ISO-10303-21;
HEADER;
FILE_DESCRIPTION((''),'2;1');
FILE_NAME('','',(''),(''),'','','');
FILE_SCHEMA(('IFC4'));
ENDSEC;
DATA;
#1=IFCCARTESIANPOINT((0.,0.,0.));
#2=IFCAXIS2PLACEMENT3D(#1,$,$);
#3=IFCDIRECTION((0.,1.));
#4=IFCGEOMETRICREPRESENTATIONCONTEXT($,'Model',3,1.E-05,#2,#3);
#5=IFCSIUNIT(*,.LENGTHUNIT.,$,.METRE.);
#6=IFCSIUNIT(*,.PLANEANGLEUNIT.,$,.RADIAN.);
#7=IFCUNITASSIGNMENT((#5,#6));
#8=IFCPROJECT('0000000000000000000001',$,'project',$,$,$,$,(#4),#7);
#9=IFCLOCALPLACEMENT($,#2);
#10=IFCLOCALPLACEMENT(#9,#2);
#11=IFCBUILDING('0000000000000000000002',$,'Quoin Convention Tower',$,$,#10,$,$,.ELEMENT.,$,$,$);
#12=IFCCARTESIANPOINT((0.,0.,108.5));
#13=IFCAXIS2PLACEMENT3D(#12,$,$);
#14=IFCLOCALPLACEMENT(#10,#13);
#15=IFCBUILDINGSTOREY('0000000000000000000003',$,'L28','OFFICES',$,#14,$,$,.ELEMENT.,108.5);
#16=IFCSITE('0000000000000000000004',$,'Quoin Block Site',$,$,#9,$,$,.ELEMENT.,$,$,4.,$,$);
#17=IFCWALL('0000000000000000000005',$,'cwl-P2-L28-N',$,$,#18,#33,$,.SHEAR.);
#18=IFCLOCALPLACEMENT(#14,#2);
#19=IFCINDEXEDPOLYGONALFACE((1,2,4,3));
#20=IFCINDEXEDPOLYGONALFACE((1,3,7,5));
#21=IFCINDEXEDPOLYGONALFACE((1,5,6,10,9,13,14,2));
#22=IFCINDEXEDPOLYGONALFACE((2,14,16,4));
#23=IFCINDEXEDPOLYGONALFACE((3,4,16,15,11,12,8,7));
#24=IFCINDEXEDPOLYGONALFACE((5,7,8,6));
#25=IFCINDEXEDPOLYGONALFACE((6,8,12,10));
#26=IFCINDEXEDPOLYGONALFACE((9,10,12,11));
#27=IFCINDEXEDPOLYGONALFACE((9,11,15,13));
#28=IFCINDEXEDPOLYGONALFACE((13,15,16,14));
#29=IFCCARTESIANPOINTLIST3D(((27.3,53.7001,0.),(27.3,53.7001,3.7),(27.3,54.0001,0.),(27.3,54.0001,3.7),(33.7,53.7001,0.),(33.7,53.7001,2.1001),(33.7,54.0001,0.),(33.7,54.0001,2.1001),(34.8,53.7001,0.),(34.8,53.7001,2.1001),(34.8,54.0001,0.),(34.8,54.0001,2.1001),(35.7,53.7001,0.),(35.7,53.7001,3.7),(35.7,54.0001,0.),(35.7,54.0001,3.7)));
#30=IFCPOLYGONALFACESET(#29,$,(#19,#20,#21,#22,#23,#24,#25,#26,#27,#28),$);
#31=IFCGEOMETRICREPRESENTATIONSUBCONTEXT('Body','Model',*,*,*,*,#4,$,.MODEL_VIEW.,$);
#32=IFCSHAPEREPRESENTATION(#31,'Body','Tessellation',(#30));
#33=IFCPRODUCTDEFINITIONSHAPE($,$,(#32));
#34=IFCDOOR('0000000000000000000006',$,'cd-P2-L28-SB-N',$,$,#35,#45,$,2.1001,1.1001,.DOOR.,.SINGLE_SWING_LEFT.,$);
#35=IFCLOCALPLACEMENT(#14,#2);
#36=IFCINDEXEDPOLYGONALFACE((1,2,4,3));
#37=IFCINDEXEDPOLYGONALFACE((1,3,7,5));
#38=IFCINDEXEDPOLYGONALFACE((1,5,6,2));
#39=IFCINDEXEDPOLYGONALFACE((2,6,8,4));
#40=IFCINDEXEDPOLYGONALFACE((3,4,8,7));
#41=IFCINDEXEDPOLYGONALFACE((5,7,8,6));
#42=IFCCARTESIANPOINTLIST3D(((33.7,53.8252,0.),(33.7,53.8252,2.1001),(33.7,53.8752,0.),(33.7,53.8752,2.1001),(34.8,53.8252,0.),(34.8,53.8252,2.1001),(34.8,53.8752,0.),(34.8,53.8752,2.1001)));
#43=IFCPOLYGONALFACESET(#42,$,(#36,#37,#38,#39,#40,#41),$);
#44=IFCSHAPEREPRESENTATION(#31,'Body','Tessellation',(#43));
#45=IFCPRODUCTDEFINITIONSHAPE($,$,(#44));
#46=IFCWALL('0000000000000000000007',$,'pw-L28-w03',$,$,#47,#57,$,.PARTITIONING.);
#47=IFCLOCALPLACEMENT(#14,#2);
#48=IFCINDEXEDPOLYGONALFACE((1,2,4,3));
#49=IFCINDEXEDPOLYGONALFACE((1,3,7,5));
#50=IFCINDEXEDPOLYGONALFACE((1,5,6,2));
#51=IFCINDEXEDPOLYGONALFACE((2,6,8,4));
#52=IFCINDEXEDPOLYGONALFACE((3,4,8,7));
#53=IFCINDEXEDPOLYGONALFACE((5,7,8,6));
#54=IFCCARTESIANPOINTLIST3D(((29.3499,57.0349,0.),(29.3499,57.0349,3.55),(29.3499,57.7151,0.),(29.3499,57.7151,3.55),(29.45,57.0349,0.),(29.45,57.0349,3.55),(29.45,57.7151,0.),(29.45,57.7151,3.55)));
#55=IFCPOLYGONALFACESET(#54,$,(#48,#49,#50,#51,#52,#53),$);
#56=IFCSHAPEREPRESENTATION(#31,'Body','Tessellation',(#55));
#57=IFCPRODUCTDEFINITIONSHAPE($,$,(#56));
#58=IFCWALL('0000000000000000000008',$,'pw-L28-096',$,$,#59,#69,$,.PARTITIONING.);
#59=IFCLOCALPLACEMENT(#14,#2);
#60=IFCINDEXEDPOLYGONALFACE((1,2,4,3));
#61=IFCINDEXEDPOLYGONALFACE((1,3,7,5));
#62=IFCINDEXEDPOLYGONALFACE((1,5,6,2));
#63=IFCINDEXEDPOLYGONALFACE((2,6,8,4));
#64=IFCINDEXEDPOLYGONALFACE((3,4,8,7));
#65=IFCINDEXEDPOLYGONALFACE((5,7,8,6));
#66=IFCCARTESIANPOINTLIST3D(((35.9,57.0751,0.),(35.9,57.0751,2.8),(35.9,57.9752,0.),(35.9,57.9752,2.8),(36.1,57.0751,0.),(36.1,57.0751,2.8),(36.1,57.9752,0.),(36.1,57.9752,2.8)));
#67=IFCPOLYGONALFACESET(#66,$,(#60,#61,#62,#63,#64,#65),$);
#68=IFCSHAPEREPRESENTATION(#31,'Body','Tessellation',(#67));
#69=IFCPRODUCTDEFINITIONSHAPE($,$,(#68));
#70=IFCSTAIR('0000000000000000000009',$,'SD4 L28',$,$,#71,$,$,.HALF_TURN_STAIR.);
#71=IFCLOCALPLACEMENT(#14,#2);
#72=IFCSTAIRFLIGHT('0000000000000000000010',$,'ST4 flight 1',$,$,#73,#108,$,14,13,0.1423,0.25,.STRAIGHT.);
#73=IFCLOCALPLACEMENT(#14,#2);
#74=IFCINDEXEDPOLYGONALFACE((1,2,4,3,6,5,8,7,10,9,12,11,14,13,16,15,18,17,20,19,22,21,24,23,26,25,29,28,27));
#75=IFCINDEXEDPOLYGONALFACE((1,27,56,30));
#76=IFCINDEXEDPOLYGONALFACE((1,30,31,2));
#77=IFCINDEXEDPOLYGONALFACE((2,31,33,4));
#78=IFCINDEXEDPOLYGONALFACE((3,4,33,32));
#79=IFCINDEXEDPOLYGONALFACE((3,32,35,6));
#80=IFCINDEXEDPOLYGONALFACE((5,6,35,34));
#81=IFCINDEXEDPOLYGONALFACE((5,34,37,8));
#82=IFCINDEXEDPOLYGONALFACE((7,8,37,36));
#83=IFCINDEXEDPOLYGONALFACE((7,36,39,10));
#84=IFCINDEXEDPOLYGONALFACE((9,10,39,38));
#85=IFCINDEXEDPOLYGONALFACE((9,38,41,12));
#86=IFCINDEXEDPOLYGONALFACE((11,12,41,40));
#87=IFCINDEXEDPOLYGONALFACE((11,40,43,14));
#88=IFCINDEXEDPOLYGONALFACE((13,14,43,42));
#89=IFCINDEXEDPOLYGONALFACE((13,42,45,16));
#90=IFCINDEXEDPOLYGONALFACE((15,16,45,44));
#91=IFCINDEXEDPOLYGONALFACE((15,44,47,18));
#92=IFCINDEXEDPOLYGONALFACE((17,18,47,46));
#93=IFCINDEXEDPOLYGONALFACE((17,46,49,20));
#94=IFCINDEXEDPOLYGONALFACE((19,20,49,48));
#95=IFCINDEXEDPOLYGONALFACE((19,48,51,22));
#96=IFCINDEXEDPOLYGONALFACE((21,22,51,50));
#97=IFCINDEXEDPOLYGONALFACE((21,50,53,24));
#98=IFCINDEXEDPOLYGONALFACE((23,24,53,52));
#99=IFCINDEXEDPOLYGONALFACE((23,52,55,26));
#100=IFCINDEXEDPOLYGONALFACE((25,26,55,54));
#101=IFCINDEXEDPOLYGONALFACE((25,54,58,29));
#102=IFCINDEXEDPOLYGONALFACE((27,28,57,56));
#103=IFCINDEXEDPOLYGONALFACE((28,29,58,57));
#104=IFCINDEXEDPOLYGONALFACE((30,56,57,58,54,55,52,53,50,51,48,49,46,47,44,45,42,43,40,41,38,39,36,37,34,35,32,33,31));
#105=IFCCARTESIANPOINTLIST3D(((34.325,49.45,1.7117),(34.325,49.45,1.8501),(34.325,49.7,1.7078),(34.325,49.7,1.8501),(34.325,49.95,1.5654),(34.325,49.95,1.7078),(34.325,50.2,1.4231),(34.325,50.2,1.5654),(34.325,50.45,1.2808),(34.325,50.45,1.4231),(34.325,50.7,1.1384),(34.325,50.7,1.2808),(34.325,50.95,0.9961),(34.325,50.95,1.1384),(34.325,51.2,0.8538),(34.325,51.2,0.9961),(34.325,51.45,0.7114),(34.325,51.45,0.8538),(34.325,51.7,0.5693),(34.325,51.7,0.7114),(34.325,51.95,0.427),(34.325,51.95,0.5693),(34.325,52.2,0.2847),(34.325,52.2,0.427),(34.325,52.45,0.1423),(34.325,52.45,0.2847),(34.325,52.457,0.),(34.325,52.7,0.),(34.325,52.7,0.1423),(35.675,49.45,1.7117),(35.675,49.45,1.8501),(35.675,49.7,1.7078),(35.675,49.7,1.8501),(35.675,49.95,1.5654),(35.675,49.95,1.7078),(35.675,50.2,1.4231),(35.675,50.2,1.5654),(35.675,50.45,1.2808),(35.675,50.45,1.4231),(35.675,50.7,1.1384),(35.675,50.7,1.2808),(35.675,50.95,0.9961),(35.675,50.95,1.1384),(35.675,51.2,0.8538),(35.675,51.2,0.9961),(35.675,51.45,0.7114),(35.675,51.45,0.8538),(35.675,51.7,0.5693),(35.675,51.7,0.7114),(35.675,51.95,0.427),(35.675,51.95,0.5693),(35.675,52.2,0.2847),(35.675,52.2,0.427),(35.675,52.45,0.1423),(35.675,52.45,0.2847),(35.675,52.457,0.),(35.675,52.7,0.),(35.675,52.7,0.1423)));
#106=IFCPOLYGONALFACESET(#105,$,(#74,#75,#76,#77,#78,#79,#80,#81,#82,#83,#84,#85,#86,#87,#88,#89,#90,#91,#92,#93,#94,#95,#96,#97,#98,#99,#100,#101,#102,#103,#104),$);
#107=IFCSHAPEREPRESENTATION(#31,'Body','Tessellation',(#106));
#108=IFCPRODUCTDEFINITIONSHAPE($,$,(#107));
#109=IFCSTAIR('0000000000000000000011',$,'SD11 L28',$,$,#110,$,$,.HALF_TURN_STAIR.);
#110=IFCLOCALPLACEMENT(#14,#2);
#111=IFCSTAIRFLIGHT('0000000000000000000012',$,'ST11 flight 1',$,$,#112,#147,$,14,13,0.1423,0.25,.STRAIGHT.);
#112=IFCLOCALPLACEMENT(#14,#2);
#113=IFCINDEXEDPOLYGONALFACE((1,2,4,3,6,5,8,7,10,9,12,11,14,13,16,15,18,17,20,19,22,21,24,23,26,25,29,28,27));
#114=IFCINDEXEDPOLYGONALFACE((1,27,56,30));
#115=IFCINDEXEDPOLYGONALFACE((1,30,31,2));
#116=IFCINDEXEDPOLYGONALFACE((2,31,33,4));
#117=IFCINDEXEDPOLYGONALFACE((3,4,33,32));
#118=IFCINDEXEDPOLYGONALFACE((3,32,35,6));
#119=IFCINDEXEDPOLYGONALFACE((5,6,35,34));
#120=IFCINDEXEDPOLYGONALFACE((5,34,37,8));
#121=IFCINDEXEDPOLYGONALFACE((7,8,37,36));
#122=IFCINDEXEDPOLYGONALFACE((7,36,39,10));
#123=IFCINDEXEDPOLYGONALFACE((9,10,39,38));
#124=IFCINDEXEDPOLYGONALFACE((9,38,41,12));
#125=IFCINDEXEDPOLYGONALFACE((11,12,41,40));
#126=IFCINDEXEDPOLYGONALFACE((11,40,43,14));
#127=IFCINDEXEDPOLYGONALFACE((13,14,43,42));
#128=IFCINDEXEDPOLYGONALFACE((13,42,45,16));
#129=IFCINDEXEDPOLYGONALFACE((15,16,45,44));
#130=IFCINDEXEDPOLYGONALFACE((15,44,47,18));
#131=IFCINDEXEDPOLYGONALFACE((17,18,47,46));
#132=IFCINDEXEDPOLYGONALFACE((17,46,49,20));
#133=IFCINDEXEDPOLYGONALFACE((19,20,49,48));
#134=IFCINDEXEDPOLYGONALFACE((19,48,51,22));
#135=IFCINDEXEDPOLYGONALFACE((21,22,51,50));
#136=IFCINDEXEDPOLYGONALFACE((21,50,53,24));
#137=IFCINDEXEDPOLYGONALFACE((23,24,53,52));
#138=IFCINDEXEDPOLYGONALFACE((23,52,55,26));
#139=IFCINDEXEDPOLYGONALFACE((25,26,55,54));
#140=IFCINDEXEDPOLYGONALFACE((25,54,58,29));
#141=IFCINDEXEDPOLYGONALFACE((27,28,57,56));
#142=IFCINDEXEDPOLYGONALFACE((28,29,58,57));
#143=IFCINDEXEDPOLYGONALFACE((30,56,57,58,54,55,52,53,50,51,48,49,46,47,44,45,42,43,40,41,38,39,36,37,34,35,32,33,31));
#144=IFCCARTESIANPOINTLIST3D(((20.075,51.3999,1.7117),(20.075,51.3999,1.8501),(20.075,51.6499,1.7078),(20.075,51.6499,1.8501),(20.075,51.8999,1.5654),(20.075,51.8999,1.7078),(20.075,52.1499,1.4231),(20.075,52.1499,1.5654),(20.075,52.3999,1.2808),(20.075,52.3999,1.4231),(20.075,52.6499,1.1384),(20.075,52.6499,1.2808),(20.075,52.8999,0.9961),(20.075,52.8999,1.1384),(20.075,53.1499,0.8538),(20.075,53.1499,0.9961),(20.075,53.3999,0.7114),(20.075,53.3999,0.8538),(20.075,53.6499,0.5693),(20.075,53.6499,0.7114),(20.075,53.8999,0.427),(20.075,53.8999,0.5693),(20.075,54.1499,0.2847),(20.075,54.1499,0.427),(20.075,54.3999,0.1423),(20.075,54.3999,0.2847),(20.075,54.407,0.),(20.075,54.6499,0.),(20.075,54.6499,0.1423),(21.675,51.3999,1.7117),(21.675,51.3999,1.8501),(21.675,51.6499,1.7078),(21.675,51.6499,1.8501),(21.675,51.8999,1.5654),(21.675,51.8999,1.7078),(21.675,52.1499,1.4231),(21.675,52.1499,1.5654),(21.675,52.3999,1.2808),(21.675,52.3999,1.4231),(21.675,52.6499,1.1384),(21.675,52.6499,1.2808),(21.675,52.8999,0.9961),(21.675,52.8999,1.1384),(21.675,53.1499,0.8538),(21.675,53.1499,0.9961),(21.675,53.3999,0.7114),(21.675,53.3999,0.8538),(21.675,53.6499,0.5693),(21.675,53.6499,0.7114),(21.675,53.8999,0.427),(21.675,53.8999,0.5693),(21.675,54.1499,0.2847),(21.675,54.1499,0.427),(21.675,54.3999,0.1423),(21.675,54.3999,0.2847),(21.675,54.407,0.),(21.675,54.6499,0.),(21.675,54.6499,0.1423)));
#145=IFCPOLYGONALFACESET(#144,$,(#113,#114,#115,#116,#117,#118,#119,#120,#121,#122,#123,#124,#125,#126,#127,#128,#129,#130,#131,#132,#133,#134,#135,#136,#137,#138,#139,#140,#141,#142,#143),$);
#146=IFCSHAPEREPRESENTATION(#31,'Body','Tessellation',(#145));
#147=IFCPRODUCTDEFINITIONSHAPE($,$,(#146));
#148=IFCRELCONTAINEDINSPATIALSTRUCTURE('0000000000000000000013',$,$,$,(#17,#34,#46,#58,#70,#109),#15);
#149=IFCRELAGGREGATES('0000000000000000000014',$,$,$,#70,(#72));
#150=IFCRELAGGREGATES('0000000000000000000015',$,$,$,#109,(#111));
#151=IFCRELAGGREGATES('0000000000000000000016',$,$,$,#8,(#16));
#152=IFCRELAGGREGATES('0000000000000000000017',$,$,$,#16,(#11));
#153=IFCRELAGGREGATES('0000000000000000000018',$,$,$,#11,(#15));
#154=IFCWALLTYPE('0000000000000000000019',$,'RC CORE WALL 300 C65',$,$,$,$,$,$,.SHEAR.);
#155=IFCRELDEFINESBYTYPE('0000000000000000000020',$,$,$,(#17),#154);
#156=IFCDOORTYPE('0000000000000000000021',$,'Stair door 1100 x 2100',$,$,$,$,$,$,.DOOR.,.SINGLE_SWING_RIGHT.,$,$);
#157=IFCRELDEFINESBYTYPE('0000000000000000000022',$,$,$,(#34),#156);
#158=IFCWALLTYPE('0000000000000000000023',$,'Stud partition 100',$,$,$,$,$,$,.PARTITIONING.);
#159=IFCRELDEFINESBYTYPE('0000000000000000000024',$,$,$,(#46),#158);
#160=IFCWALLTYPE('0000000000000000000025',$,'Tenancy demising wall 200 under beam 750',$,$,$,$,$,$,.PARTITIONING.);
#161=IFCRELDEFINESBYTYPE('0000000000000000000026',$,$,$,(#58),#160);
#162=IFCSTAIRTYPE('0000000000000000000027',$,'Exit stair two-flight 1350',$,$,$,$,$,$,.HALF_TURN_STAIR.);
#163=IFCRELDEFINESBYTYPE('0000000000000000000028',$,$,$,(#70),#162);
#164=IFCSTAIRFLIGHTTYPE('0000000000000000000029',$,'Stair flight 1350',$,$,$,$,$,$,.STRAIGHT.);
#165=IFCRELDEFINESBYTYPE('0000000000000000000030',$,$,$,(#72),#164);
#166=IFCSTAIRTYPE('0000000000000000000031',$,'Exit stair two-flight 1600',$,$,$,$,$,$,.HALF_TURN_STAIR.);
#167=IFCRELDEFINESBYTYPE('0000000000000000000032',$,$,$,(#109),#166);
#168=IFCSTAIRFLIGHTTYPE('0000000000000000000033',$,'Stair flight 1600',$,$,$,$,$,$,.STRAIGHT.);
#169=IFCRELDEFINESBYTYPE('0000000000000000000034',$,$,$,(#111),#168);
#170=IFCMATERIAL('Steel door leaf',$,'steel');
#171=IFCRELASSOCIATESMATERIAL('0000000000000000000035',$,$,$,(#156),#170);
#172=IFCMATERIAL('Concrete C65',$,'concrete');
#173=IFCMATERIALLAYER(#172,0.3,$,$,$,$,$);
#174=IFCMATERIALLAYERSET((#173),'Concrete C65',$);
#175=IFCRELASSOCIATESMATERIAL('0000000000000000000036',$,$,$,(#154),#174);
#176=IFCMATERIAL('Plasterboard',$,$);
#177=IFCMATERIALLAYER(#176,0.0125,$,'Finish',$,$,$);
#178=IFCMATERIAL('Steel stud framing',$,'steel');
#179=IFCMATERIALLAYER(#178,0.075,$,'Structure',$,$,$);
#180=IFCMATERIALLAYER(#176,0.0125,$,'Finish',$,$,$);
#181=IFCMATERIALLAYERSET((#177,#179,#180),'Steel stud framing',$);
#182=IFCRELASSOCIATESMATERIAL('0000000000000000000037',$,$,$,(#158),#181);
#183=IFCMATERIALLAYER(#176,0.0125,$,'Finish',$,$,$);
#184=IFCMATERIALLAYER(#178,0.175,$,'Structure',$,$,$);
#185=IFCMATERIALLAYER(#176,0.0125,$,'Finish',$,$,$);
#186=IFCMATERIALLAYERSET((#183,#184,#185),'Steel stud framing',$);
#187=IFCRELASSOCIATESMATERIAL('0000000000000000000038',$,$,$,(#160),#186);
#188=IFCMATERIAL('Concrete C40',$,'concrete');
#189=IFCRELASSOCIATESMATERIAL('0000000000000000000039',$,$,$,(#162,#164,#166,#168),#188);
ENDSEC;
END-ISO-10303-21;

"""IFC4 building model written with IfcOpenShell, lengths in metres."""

from ifc_helpers import new_model, si_unit, direction, frame, frame_2d, origin, place, context, subcontext, project, spatial, polyline, rectangle, outline, extrude, material, layer, layer_set, type_object, element, fill, aggregate, save


model = new_model("IFC4")

# Units and contexts
model_context = context("Model", 3, precision=1e-05, world=origin(), true_north=direction((0.0, 1.0)))
body_context = subcontext(model_context, "Body", "Model", "MODEL_VIEW")
ifc_project = project(units=[si_unit("LENGTHUNIT", "METRE"), si_unit("PLANEANGLEUNIT", "RADIAN")], contexts=[model_context])

# Site, building, storey
site_placement = place(None, origin())
site = spatial("IfcSite", under=ifc_project, at=site_placement, Name="Quoin Block Site", CompositionType="ELEMENT", RefElevation=4.0)
building_placement = place(site_placement, origin())
building = spatial("IfcBuilding", under=site, at=building_placement, Name="Quoin Convention Tower", CompositionType="ELEMENT")
storey_placement = place(building_placement, frame((0.0, 0.0, 108.5)))
storey = spatial("IfcBuildingStorey", under=building, at=storey_placement, Name="L28", Description="OFFICES", CompositionType="ELEMENT", Elevation=108.5)

# Shared definitions
ifc_material_1 = material(Name="Concrete C65", Category="concrete")

# Wall, opening, door
ifc_material_2 = material(Name="Steel door leaf", Category="steel")
door_type_1 = type_object("IfcDoorType", Name="Stair door 1100 x 2100", OperationType="SINGLE_SWING_RIGHT", PredefinedType="DOOR", material=ifc_material_2)
ifc_material_3 = material(Name="Plasterboard")
ifc_material_4 = material(Name="Steel stud framing", Category="steel")
ifc_layer_1 = layer(ifc_material_1, 0.3)
ifc_layer_set_1 = layer_set([ifc_layer_1], Name="Concrete C65")
wall_type_1 = type_object("IfcWallType", Name="RC CORE WALL 300 C65", PredefinedType="SHEAR", material=ifc_layer_set_1)
wall_1_placement = place(storey_placement, frame((27.3, 53.8501, 0.0), z_axis=(0.0, 0.0, 1.0), x_axis=(1.0, 0.0, 0.0)))
wall_1 = element("IfcWall", 1, at=wall_1_placement, inside=storey, type_object=wall_type_1, Name="cwl-P2-L28-N", PredefinedType="SHEAR", context=body_context, shape_type="SweptSolid", body=[
    extrude(rectangle(XDim=8.3999, YDim=0.3, at=frame_2d((4.2, 0.0))), origin(), (0.0, 0.0, 1.0), 3.7),
])
opening_1_placement = place(wall_1_placement, frame((6.3999, 0.0, 0.0)))
opening_1 = element("IfcOpeningElement", 2, at=opening_1_placement, cuts=wall_1, PredefinedType="OPENING", context=body_context, shape_type="SweptSolid", body=[
    extrude(rectangle(XDim=1.1001, YDim=2.1001, at=frame_2d((0.55, 1.05))), frame((0.0, 0.1599, 0.0), z_axis=(0.0, -1.0, 0.0), x_axis=(1.0, 0.0, 0.0)), (0.0, 0.0, 1.0), 0.3201),
])
door_1_placement = place(opening_1_placement, frame((1.1001, 0.0, 0.0), z_axis=(0.0, 0.0, 1.0), x_axis=(-1.0, 0.0, 0.0)))
door_1 = element("IfcDoor", 3, at=door_1_placement, inside=storey, type_object=door_type_1, Name="cd-P2-L28-SB-N", OperationType="SINGLE_SWING_LEFT", OverallHeight=2.1001, OverallWidth=1.1001, PredefinedType="DOOR", context=body_context, shape_type="SweptSolid", body=[
    extrude(rectangle(XDim=1.1001, YDim=2.1001, at=frame_2d((0.55, 1.05))), frame((0.0, 0.0249, 0.0), z_axis=(0.0, -1.0, 0.0), x_axis=(1.0, 0.0, 0.0)), (0.0, 0.0, 1.0), 0.05),
])
fill(opening_1, door_1)

# Walls
ifc_layer_2 = layer(ifc_material_3, 0.0125, Name="Finish")
ifc_layer_3 = layer(ifc_material_4, 0.075, Name="Structure")
ifc_layer_4 = layer(ifc_material_3, 0.0125, Name="Finish")
ifc_layer_set_2 = layer_set([ifc_layer_2, ifc_layer_3, ifc_layer_4], Name="Steel stud framing")
wall_type_2 = type_object("IfcWallType", Name="Stud partition 100", PredefinedType="PARTITIONING", material=ifc_layer_set_2)
wall_2_placement = place(storey_placement, frame((29.3999, 57.7151, 0.0), z_axis=(0.0, 0.0, 1.0), x_axis=(0.0, -1.0, 0.0)))
element("IfcWall", 4, at=wall_2_placement, inside=storey, type_object=wall_type_2, Name="pw-L28-w03", PredefinedType="PARTITIONING", context=body_context, shape_type="SweptSolid", body=[
    extrude(rectangle(XDim=0.6802, YDim=0.1001, at=frame_2d((0.3401, 0.0))), origin(), (0.0, 0.0, 1.0), 3.55),
])
ifc_layer_5 = layer(ifc_material_3, 0.0125, Name="Finish")
ifc_layer_6 = layer(ifc_material_4, 0.175, Name="Structure")
ifc_layer_7 = layer(ifc_material_3, 0.0125, Name="Finish")
ifc_layer_set_3 = layer_set([ifc_layer_5, ifc_layer_6, ifc_layer_7], Name="Steel stud framing")
wall_type_3 = type_object("IfcWallType", Name="Tenancy demising wall 200 under beam 750", PredefinedType="PARTITIONING", material=ifc_layer_set_3)
wall_3_placement = place(storey_placement, frame((36.0, 57.075, 0.0), z_axis=(0.0, 0.0, 1.0), x_axis=(0.0, 1.0, 0.0)))
element("IfcWall", 5, at=wall_3_placement, inside=storey, type_object=wall_type_3, Name="pw-L28-096", PredefinedType="PARTITIONING", context=body_context, shape_type="SweptSolid", body=[
    extrude(rectangle(XDim=0.9001, YDim=0.2, at=frame_2d((0.4502, 0.0))), origin(), (0.0, 0.0, 1.0), 2.8),
])

# Stair, stair flight
ifc_material_5 = material(Name="Concrete C40", Category="concrete")
stair_type_1 = type_object("IfcStairType", Name="Exit stair two-flight 1350", PredefinedType="HALF_TURN_STAIR", material=ifc_material_5)
stair_1_placement = place(storey_placement, origin())
stair_1 = element("IfcStair", 6, at=stair_1_placement, inside=storey, type_object=stair_type_1, Name="SD4 L28", PredefinedType="HALF_TURN_STAIR")
stair_flight_type_1 = type_object("IfcStairFlightType", Name="Stair flight 1350", PredefinedType="STRAIGHT", material=ifc_material_5)
stair_flight_1_placement = place(storey_placement, frame((35.0, 52.7, 0.0), z_axis=(0.0, 0.0, 1.0), x_axis=(0.0, -1.0, 0.0)))
stair_flight_1 = element("IfcStairFlight", 7, at=stair_flight_1_placement, type_object=stair_flight_type_1, Name="ST4 flight 1", NumberOfRisers=14, NumberOfTreads=13, PredefinedType="STRAIGHT", RiserHeight=0.1423, TreadLength=0.25, context=body_context, shape_type="SweptSolid", body=[
    extrude(outline(polyline([(0.0, 0.0), (0.0, 0.1423), (0.25, 0.1423), (0.25, 0.2847), (0.5, 0.2847), (0.5, 0.427), (0.75, 0.427), (0.75, 0.5693), (1.0, 0.5693), (1.0, 0.7114), (1.25, 0.7114), (1.25, 0.8538), (1.5, 0.8538), (1.5, 0.9961), (1.75, 0.9961), (1.75, 1.1384), (2.0, 1.1384), (2.0, 1.2808), (2.25, 1.2808), (2.25, 1.4231), (2.5, 1.4231), (2.5, 1.5654), (2.75, 1.5654), (2.75, 1.7078), (3.0, 1.7078), (3.0, 1.8501), (3.25, 1.8501), (3.25, 1.9922), (3.25, 1.7117), (0.2429, 0.0), (0.0, 0.0)])), frame((0.0, 0.675, 0.0), z_axis=(0.0, -1.0, 0.0), x_axis=(1.0, 0.0, 0.0)), (0.0, 0.0, 1.0), 1.3501),
])
aggregate(stair_1, [stair_flight_1])

# Stair, stair flight
stair_type_2 = type_object("IfcStairType", Name="Exit stair two-flight 1600", PredefinedType="HALF_TURN_STAIR", material=ifc_material_5)
stair_2_placement = place(storey_placement, origin())
stair_2 = element("IfcStair", 8, at=stair_2_placement, inside=storey, type_object=stair_type_2, Name="SD11 L28", PredefinedType="HALF_TURN_STAIR")
stair_flight_type_2 = type_object("IfcStairFlightType", Name="Stair flight 1600", PredefinedType="STRAIGHT", material=ifc_material_5)
stair_flight_2_placement = place(storey_placement, frame((20.875, 54.6499, 0.0), z_axis=(0.0, 0.0, 1.0), x_axis=(0.0, -1.0, 0.0)))
stair_flight_2 = element("IfcStairFlight", 9, at=stair_flight_2_placement, type_object=stair_flight_type_2, Name="ST11 flight 1", NumberOfRisers=14, NumberOfTreads=13, PredefinedType="STRAIGHT", RiserHeight=0.1423, TreadLength=0.25, context=body_context, shape_type="SweptSolid", body=[
    extrude(outline(polyline([(0.0, 0.0), (0.0, 0.1423), (0.25, 0.1423), (0.25, 0.2847), (0.5, 0.2847), (0.5, 0.427), (0.75, 0.427), (0.75, 0.5693), (1.0, 0.5693), (1.0, 0.7114), (1.25, 0.7114), (1.25, 0.8538), (1.5, 0.8538), (1.5, 0.9961), (1.75, 0.9961), (1.75, 1.1384), (2.0, 1.1384), (2.0, 1.2808), (2.25, 1.2808), (2.25, 1.4231), (2.5, 1.4231), (2.5, 1.5654), (2.75, 1.5654), (2.75, 1.7078), (3.0, 1.7078), (3.0, 1.8501), (3.25, 1.8501), (3.25, 1.9922), (3.25, 1.7117), (0.2429, 0.0), (0.0, 0.0)])), frame((0.0, 0.8, 0.0), z_axis=(0.0, -1.0, 0.0), x_axis=(1.0, 0.0, 0.0)), (0.0, 0.0, 1.0), 1.6001),
])
aggregate(stair_2, [stair_flight_2])

save(model, "model.ifc")
